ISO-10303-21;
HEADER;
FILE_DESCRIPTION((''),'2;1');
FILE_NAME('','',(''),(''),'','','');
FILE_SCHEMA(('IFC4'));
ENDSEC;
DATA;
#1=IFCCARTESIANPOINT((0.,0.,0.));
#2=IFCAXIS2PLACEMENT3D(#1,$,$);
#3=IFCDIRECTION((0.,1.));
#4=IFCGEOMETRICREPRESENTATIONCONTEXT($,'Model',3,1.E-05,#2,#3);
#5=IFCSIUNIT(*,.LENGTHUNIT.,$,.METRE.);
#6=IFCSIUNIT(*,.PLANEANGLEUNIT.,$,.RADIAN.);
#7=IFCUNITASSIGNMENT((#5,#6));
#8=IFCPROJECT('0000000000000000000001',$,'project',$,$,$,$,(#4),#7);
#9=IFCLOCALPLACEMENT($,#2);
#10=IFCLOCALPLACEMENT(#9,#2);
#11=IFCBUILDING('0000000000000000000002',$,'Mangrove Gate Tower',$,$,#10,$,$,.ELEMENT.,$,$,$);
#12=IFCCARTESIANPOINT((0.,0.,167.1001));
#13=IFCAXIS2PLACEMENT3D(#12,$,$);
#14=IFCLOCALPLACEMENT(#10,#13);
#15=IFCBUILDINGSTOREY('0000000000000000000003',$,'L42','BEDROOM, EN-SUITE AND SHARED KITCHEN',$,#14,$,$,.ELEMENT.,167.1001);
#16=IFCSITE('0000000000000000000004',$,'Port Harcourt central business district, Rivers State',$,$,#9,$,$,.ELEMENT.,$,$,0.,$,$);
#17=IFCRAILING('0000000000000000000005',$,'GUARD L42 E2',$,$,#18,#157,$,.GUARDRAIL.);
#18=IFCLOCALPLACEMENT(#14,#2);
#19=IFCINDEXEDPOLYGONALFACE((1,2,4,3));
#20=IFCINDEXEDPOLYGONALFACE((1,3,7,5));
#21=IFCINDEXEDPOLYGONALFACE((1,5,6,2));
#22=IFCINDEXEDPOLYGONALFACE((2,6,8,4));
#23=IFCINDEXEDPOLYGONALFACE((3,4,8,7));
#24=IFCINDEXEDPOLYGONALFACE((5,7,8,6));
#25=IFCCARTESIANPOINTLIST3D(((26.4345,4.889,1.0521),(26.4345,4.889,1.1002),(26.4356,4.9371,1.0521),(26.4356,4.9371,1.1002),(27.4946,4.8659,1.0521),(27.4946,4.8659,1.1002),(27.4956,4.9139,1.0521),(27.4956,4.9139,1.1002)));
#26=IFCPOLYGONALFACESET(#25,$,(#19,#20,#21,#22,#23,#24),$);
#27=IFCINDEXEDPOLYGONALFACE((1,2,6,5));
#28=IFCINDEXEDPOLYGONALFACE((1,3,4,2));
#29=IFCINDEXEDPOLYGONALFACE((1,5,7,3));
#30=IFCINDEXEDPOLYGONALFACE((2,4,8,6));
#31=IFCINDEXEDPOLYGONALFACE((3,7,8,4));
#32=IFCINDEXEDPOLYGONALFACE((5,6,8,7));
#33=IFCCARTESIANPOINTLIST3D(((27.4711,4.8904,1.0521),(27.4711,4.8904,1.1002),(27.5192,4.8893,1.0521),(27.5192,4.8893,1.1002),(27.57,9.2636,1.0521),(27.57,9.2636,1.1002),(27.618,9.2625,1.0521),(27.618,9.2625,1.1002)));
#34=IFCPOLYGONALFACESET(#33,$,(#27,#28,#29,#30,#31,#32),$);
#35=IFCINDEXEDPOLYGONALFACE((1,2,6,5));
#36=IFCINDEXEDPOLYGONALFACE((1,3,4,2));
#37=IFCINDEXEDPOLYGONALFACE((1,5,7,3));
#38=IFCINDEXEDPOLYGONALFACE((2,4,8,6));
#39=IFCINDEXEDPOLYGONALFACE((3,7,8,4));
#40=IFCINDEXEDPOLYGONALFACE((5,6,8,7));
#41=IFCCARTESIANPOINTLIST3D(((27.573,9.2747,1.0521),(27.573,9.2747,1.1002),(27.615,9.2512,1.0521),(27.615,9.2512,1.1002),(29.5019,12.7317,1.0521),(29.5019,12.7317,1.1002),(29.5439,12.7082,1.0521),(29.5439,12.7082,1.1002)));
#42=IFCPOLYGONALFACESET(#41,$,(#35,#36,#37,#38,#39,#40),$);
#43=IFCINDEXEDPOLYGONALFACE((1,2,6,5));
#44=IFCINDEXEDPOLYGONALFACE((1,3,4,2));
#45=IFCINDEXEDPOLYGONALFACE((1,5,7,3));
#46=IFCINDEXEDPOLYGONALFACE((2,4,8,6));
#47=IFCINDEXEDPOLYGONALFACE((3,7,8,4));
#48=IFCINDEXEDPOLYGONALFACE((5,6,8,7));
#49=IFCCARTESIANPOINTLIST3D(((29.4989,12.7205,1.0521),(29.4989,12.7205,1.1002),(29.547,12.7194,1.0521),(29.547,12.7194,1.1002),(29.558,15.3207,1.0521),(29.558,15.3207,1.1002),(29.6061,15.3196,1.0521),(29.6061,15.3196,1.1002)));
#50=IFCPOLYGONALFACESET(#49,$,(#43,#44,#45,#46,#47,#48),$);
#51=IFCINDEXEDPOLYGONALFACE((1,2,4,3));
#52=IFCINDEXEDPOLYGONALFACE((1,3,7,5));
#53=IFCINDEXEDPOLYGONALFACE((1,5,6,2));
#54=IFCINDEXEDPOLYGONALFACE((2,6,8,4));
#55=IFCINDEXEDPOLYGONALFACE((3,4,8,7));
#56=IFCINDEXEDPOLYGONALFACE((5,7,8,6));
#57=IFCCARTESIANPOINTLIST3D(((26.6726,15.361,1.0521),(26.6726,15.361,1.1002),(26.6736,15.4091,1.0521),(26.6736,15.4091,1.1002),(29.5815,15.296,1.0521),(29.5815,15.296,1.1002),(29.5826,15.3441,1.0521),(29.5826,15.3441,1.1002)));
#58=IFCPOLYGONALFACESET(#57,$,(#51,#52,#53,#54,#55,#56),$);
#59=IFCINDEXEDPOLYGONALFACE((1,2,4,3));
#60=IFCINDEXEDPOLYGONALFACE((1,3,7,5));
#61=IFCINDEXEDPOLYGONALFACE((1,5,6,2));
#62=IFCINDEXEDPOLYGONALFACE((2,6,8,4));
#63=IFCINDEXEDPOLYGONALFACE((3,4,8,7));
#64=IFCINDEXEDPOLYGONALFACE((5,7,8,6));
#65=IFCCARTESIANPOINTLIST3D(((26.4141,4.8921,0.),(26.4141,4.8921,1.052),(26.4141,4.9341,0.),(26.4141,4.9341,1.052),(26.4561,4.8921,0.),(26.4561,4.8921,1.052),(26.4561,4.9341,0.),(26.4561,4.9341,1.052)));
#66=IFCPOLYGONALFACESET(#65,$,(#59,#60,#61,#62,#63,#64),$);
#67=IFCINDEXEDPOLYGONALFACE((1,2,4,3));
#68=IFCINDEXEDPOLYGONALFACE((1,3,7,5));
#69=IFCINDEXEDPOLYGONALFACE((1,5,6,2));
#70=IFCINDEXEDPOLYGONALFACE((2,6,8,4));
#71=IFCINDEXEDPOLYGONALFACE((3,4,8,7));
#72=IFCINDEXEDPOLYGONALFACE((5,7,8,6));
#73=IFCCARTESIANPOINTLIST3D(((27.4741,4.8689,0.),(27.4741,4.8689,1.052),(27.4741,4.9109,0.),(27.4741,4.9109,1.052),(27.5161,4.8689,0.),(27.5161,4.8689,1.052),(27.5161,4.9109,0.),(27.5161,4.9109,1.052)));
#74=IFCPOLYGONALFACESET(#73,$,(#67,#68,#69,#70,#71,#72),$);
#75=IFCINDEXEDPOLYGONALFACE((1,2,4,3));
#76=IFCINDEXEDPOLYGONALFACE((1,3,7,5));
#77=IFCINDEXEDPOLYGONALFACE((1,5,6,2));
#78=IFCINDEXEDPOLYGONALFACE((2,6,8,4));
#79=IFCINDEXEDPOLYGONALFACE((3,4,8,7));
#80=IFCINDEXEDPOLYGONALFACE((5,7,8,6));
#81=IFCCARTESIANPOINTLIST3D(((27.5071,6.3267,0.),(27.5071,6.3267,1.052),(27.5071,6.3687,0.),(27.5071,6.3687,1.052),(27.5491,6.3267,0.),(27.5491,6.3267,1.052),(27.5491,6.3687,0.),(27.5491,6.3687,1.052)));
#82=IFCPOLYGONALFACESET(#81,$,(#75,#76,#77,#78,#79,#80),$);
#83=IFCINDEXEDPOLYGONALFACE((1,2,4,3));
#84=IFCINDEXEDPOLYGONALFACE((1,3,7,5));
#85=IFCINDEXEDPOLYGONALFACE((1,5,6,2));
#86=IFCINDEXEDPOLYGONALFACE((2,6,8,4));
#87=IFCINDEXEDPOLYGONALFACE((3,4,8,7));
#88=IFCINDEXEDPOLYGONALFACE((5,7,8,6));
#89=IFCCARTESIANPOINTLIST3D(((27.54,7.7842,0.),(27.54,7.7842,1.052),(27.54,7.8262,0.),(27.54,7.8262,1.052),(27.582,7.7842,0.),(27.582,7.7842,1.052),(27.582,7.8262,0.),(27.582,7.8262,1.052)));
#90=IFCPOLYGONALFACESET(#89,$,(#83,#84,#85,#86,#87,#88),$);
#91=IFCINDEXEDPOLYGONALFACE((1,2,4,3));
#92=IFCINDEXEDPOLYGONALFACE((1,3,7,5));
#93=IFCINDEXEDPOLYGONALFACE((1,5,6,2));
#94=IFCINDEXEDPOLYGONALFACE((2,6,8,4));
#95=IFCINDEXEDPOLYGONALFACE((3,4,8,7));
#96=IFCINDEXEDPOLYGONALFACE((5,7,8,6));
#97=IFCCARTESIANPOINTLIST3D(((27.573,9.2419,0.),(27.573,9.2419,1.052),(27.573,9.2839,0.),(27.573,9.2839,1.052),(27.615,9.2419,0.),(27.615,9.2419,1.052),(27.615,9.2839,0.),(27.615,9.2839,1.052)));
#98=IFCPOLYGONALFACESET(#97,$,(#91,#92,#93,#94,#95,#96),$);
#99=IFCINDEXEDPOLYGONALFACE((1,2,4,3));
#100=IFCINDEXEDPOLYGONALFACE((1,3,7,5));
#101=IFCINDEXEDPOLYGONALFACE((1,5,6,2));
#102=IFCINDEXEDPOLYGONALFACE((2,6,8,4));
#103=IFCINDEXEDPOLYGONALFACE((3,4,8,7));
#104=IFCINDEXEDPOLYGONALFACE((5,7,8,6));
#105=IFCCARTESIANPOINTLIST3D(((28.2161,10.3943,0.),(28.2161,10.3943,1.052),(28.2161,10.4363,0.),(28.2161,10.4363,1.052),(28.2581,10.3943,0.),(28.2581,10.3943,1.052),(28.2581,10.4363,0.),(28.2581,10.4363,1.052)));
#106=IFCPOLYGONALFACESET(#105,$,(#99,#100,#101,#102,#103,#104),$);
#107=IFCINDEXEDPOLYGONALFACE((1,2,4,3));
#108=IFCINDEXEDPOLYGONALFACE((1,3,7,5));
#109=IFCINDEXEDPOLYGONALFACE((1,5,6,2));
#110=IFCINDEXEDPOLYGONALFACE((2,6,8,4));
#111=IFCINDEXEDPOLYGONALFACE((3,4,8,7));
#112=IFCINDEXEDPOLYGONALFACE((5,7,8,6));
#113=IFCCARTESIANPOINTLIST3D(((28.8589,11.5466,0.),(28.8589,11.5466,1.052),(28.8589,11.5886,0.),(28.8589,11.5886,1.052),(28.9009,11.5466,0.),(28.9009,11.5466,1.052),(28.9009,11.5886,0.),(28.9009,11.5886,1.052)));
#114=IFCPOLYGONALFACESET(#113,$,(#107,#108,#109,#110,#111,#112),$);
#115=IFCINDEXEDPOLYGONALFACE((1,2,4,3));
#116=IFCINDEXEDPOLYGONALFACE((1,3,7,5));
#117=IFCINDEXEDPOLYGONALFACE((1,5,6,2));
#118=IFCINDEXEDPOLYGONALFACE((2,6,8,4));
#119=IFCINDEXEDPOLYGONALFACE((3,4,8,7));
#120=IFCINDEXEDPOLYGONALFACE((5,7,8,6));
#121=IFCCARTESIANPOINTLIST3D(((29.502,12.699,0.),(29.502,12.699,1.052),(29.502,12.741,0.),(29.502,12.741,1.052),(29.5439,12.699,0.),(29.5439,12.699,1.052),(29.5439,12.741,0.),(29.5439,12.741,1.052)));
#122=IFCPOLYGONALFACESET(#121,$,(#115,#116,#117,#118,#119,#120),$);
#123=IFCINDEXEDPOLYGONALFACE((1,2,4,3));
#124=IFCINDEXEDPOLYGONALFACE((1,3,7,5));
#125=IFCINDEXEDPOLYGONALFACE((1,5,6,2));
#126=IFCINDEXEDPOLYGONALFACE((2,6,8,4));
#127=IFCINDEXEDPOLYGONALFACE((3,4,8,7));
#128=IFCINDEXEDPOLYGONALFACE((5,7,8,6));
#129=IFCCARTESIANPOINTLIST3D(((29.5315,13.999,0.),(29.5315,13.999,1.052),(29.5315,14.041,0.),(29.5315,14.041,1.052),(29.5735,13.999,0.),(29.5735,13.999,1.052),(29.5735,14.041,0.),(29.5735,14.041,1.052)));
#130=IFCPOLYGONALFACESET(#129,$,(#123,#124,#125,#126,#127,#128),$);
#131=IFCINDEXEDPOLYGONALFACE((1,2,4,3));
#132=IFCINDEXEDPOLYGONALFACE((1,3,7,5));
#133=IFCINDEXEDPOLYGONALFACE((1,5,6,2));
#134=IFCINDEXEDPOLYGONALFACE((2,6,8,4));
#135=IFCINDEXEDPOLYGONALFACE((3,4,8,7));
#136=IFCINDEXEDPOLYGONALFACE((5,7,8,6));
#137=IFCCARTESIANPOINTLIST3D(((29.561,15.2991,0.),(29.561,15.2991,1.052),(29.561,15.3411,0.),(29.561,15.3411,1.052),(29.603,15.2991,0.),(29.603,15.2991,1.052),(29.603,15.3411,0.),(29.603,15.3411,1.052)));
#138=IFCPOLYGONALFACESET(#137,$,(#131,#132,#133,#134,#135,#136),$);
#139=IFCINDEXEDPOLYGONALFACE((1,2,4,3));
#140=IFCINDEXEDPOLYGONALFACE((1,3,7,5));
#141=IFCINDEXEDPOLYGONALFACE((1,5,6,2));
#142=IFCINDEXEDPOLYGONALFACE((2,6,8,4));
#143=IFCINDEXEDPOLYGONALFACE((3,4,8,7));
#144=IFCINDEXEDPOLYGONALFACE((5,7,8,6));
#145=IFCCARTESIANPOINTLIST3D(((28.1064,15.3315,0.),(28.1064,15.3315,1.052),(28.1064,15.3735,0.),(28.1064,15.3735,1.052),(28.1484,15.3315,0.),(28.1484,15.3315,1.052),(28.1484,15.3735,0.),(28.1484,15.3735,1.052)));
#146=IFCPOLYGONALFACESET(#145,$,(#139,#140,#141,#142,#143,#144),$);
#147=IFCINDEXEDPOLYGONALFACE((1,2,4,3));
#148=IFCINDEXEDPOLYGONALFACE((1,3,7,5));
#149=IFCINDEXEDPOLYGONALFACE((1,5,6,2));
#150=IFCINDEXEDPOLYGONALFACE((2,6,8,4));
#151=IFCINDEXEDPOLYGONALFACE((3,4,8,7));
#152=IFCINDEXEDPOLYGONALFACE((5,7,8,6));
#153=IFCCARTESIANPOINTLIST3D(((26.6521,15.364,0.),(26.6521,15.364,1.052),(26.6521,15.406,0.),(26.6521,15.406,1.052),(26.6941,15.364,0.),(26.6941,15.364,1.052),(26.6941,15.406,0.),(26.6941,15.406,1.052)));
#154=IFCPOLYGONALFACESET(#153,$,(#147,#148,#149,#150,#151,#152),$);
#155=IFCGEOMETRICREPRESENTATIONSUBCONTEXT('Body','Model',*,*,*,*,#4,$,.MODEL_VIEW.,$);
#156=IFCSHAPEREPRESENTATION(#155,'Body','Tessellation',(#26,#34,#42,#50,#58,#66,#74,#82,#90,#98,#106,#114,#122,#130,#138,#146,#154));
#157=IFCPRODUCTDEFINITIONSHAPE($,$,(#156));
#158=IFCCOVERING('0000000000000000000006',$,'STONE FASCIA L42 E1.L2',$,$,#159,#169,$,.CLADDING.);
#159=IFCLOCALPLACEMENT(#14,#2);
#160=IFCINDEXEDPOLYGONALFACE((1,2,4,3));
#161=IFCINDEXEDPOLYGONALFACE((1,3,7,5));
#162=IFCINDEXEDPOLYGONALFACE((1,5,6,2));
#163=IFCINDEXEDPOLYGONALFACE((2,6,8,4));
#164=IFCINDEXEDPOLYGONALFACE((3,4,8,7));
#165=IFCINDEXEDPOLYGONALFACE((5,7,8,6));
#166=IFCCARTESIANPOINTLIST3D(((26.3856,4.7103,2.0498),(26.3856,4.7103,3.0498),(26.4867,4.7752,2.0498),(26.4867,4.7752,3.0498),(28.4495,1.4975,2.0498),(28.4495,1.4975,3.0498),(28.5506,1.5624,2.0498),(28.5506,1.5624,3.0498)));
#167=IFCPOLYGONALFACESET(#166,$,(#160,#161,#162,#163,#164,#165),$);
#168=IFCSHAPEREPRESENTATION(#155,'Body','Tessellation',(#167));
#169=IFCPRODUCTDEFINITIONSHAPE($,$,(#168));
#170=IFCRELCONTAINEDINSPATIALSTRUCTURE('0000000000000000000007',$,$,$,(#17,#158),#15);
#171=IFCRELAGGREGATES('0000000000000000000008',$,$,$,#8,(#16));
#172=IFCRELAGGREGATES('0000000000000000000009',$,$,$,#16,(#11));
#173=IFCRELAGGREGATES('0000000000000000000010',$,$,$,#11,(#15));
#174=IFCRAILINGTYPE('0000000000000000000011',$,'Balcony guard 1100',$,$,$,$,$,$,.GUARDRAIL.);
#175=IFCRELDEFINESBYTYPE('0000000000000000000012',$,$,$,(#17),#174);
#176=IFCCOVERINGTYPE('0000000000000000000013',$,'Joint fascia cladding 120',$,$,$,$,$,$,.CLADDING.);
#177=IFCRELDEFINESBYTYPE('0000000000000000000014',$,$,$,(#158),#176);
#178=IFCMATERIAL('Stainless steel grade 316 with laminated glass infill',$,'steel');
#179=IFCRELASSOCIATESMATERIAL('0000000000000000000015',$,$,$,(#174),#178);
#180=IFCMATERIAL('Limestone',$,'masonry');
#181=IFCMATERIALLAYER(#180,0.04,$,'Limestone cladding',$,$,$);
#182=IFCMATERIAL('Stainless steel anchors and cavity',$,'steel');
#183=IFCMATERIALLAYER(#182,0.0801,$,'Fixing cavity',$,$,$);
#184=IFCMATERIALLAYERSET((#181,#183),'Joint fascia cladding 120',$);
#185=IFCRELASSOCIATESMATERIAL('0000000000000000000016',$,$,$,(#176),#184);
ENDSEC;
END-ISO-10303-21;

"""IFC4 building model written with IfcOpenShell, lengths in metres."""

from ifc_helpers import new_model, si_unit, direction, frame, frame_2d, origin, origin_2d, place, context, subcontext, project, spatial, rectangle, extrude, material, layer, layer_set, type_object, element, save


model = new_model("IFC4")

# Units and contexts
model_context = context("Model", 3, precision=1e-05, world=origin(), true_north=direction((0.0, 1.0)))
body_context = subcontext(model_context, "Body", "Model", "MODEL_VIEW")
ifc_project = project(units=[si_unit("LENGTHUNIT", "METRE"), si_unit("PLANEANGLEUNIT", "RADIAN")], contexts=[model_context])

# Site, building, storey
site_placement = place(None, origin())
site = spatial("IfcSite", under=ifc_project, at=site_placement, Name="Port Harcourt central business district, Rivers State", CompositionType="ELEMENT", RefElevation=0.0)
building_placement = place(site_placement, origin())
building = spatial("IfcBuilding", under=site, at=building_placement, Name="Mangrove Gate Tower", CompositionType="ELEMENT")
storey_placement = place(building_placement, frame((0.0, 0.0, 167.1001)))
storey = spatial("IfcBuildingStorey", under=building, at=storey_placement, Name="L42", Description="BEDROOM, EN-SUITE AND SHARED KITCHEN", CompositionType="ELEMENT", Elevation=167.1001)

# Shared definitions
ifc_material_1 = material(Name="Limestone", Category="masonry")

# Railing
ifc_material_2 = material(Name="Stainless steel grade 316 with laminated glass infill", Category="steel")
railing_type = type_object("IfcRailingType", Name="Balcony guard 1100", PredefinedType="GUARDRAIL", material=ifc_material_2)
railing_placement = place(storey_placement, frame((26.4351, 4.9131, 0.0)))
element("IfcRailing", 1, at=railing_placement, inside=storey, type_object=railing_type, Name="GUARD L42 E2", PredefinedType="GUARDRAIL", context=body_context, shape_type="SweptSolid", body=[
    extrude(rectangle(XDim=0.0481, YDim=0.0481, at=origin_2d()), frame((0.0, 0.0, 1.0762), z_axis=(0.999761, -0.021874, 0.0), x_axis=(0.021874, 0.999761, 0.0)), (0.0, 0.0, 1.0), 1.0603),
    extrude(rectangle(XDim=0.0481, YDim=0.0481, at=origin_2d()), frame((1.0601, -0.0232, 1.0762), z_axis=(0.022605, 0.999744, 0.0), x_axis=(-0.999744, 0.022605, 0.0)), (0.0, 0.0, 1.0), 4.3743),
    extrude(rectangle(XDim=0.0481, YDim=0.0481, at=origin_2d()), frame((1.1589, 4.3499, 1.0762), z_axis=(0.48726, 0.873257, 0.0), x_axis=(-0.873257, 0.48726, 0.0)), (0.0, 0.0, 1.0), 3.9587),
    extrude(rectangle(XDim=0.0481, YDim=0.0481, at=origin_2d()), frame((3.0879, 7.8069, 1.0762), z_axis=(0.022717, 0.999742, 0.0), x_axis=(-0.999742, 0.022717, 0.0)), (0.0, 0.0, 1.0), 2.6008),
    extrude(rectangle(XDim=0.0481, YDim=0.0481, at=origin_2d()), frame((3.147, 10.407, 1.0762), z_axis=(-0.999751, 0.022319, 0.0), x_axis=(-0.022319, -0.999751, 0.0)), (0.0, 0.0, 1.0), 2.9097),
    extrude(rectangle(XDim=0.042, YDim=0.042, at=origin_2d()), origin(), (0.0, 0.0, 1.0), 1.052),
    extrude(rectangle(XDim=0.042, YDim=0.042, at=origin_2d()), frame((1.0601, -0.0232, 0.0)), (0.0, 0.0, 1.0), 1.052),
    extrude(rectangle(XDim=0.042, YDim=0.042, at=origin_2d()), frame((1.093, 1.4346, 0.0)), (0.0, 0.0, 1.0), 1.052),
    extrude(rectangle(XDim=0.042, YDim=0.042, at=origin_2d()), frame((1.126, 2.8921, 0.0)), (0.0, 0.0, 1.0), 1.052),
    extrude(rectangle(XDim=0.042, YDim=0.042, at=origin_2d()), frame((1.1589, 4.3499, 0.0)), (0.0, 0.0, 1.0), 1.052),
    extrude(rectangle(XDim=0.042, YDim=0.042, at=origin_2d()), frame((1.802, 5.5022, 0.0)), (0.0, 0.0, 1.0), 1.052),
    extrude(rectangle(XDim=0.042, YDim=0.042, at=origin_2d()), frame((2.4448, 6.6545, 0.0)), (0.0, 0.0, 1.0), 1.052),
    extrude(rectangle(XDim=0.042, YDim=0.042, at=origin_2d()), frame((3.0879, 7.8069, 0.0)), (0.0, 0.0, 1.0), 1.052),
    extrude(rectangle(XDim=0.042, YDim=0.042, at=origin_2d()), frame((3.1174, 9.1069, 0.0)), (0.0, 0.0, 1.0), 1.052),
    extrude(rectangle(XDim=0.042, YDim=0.042, at=origin_2d()), frame((3.147, 10.407, 0.0)), (0.0, 0.0, 1.0), 1.052),
    extrude(rectangle(XDim=0.042, YDim=0.042, at=origin_2d()), frame((1.6924, 10.4395, 0.0)), (0.0, 0.0, 1.0), 1.052),
    extrude(rectangle(XDim=0.042, YDim=0.042, at=origin_2d()), frame((0.238, 10.4719, 0.0)), (0.0, 0.0, 1.0), 1.052),
])

# Covering
ifc_layer_1 = layer(ifc_material_1, 0.04, Name="Limestone cladding")
ifc_material_3 = material(Name="Stainless steel anchors and cavity", Category="steel")
ifc_layer_2 = layer(ifc_material_3, 0.0801, Name="Fixing cavity")
ifc_layer_set_1 = layer_set([ifc_layer_1, ifc_layer_2], Name="Joint fascia cladding 120")
covering_type = type_object("IfcCoveringType", Name="Joint fascia cladding 120", PredefinedType="CLADDING", material=ifc_layer_set_1)
covering_placement = place(storey_placement, frame((28.5, 1.53, 2.0498), z_axis=(0.0, 0.0, 1.0), x_axis=(-0.540486, 0.841353, 0.0)))
element("IfcCovering", 2, at=covering_placement, inside=storey, type_object=covering_type, Name="STONE FASCIA L42 E1.L2", PredefinedType="CLADDING", context=body_context, shape_type="SweptSolid", body=[
    extrude(rectangle(XDim=3.8186, YDim=0.1201, at=frame_2d((1.9092, 0.0))), origin(), (0.0, 0.0, 1.0), 1.0),
])

save(model, "model.ifc")
